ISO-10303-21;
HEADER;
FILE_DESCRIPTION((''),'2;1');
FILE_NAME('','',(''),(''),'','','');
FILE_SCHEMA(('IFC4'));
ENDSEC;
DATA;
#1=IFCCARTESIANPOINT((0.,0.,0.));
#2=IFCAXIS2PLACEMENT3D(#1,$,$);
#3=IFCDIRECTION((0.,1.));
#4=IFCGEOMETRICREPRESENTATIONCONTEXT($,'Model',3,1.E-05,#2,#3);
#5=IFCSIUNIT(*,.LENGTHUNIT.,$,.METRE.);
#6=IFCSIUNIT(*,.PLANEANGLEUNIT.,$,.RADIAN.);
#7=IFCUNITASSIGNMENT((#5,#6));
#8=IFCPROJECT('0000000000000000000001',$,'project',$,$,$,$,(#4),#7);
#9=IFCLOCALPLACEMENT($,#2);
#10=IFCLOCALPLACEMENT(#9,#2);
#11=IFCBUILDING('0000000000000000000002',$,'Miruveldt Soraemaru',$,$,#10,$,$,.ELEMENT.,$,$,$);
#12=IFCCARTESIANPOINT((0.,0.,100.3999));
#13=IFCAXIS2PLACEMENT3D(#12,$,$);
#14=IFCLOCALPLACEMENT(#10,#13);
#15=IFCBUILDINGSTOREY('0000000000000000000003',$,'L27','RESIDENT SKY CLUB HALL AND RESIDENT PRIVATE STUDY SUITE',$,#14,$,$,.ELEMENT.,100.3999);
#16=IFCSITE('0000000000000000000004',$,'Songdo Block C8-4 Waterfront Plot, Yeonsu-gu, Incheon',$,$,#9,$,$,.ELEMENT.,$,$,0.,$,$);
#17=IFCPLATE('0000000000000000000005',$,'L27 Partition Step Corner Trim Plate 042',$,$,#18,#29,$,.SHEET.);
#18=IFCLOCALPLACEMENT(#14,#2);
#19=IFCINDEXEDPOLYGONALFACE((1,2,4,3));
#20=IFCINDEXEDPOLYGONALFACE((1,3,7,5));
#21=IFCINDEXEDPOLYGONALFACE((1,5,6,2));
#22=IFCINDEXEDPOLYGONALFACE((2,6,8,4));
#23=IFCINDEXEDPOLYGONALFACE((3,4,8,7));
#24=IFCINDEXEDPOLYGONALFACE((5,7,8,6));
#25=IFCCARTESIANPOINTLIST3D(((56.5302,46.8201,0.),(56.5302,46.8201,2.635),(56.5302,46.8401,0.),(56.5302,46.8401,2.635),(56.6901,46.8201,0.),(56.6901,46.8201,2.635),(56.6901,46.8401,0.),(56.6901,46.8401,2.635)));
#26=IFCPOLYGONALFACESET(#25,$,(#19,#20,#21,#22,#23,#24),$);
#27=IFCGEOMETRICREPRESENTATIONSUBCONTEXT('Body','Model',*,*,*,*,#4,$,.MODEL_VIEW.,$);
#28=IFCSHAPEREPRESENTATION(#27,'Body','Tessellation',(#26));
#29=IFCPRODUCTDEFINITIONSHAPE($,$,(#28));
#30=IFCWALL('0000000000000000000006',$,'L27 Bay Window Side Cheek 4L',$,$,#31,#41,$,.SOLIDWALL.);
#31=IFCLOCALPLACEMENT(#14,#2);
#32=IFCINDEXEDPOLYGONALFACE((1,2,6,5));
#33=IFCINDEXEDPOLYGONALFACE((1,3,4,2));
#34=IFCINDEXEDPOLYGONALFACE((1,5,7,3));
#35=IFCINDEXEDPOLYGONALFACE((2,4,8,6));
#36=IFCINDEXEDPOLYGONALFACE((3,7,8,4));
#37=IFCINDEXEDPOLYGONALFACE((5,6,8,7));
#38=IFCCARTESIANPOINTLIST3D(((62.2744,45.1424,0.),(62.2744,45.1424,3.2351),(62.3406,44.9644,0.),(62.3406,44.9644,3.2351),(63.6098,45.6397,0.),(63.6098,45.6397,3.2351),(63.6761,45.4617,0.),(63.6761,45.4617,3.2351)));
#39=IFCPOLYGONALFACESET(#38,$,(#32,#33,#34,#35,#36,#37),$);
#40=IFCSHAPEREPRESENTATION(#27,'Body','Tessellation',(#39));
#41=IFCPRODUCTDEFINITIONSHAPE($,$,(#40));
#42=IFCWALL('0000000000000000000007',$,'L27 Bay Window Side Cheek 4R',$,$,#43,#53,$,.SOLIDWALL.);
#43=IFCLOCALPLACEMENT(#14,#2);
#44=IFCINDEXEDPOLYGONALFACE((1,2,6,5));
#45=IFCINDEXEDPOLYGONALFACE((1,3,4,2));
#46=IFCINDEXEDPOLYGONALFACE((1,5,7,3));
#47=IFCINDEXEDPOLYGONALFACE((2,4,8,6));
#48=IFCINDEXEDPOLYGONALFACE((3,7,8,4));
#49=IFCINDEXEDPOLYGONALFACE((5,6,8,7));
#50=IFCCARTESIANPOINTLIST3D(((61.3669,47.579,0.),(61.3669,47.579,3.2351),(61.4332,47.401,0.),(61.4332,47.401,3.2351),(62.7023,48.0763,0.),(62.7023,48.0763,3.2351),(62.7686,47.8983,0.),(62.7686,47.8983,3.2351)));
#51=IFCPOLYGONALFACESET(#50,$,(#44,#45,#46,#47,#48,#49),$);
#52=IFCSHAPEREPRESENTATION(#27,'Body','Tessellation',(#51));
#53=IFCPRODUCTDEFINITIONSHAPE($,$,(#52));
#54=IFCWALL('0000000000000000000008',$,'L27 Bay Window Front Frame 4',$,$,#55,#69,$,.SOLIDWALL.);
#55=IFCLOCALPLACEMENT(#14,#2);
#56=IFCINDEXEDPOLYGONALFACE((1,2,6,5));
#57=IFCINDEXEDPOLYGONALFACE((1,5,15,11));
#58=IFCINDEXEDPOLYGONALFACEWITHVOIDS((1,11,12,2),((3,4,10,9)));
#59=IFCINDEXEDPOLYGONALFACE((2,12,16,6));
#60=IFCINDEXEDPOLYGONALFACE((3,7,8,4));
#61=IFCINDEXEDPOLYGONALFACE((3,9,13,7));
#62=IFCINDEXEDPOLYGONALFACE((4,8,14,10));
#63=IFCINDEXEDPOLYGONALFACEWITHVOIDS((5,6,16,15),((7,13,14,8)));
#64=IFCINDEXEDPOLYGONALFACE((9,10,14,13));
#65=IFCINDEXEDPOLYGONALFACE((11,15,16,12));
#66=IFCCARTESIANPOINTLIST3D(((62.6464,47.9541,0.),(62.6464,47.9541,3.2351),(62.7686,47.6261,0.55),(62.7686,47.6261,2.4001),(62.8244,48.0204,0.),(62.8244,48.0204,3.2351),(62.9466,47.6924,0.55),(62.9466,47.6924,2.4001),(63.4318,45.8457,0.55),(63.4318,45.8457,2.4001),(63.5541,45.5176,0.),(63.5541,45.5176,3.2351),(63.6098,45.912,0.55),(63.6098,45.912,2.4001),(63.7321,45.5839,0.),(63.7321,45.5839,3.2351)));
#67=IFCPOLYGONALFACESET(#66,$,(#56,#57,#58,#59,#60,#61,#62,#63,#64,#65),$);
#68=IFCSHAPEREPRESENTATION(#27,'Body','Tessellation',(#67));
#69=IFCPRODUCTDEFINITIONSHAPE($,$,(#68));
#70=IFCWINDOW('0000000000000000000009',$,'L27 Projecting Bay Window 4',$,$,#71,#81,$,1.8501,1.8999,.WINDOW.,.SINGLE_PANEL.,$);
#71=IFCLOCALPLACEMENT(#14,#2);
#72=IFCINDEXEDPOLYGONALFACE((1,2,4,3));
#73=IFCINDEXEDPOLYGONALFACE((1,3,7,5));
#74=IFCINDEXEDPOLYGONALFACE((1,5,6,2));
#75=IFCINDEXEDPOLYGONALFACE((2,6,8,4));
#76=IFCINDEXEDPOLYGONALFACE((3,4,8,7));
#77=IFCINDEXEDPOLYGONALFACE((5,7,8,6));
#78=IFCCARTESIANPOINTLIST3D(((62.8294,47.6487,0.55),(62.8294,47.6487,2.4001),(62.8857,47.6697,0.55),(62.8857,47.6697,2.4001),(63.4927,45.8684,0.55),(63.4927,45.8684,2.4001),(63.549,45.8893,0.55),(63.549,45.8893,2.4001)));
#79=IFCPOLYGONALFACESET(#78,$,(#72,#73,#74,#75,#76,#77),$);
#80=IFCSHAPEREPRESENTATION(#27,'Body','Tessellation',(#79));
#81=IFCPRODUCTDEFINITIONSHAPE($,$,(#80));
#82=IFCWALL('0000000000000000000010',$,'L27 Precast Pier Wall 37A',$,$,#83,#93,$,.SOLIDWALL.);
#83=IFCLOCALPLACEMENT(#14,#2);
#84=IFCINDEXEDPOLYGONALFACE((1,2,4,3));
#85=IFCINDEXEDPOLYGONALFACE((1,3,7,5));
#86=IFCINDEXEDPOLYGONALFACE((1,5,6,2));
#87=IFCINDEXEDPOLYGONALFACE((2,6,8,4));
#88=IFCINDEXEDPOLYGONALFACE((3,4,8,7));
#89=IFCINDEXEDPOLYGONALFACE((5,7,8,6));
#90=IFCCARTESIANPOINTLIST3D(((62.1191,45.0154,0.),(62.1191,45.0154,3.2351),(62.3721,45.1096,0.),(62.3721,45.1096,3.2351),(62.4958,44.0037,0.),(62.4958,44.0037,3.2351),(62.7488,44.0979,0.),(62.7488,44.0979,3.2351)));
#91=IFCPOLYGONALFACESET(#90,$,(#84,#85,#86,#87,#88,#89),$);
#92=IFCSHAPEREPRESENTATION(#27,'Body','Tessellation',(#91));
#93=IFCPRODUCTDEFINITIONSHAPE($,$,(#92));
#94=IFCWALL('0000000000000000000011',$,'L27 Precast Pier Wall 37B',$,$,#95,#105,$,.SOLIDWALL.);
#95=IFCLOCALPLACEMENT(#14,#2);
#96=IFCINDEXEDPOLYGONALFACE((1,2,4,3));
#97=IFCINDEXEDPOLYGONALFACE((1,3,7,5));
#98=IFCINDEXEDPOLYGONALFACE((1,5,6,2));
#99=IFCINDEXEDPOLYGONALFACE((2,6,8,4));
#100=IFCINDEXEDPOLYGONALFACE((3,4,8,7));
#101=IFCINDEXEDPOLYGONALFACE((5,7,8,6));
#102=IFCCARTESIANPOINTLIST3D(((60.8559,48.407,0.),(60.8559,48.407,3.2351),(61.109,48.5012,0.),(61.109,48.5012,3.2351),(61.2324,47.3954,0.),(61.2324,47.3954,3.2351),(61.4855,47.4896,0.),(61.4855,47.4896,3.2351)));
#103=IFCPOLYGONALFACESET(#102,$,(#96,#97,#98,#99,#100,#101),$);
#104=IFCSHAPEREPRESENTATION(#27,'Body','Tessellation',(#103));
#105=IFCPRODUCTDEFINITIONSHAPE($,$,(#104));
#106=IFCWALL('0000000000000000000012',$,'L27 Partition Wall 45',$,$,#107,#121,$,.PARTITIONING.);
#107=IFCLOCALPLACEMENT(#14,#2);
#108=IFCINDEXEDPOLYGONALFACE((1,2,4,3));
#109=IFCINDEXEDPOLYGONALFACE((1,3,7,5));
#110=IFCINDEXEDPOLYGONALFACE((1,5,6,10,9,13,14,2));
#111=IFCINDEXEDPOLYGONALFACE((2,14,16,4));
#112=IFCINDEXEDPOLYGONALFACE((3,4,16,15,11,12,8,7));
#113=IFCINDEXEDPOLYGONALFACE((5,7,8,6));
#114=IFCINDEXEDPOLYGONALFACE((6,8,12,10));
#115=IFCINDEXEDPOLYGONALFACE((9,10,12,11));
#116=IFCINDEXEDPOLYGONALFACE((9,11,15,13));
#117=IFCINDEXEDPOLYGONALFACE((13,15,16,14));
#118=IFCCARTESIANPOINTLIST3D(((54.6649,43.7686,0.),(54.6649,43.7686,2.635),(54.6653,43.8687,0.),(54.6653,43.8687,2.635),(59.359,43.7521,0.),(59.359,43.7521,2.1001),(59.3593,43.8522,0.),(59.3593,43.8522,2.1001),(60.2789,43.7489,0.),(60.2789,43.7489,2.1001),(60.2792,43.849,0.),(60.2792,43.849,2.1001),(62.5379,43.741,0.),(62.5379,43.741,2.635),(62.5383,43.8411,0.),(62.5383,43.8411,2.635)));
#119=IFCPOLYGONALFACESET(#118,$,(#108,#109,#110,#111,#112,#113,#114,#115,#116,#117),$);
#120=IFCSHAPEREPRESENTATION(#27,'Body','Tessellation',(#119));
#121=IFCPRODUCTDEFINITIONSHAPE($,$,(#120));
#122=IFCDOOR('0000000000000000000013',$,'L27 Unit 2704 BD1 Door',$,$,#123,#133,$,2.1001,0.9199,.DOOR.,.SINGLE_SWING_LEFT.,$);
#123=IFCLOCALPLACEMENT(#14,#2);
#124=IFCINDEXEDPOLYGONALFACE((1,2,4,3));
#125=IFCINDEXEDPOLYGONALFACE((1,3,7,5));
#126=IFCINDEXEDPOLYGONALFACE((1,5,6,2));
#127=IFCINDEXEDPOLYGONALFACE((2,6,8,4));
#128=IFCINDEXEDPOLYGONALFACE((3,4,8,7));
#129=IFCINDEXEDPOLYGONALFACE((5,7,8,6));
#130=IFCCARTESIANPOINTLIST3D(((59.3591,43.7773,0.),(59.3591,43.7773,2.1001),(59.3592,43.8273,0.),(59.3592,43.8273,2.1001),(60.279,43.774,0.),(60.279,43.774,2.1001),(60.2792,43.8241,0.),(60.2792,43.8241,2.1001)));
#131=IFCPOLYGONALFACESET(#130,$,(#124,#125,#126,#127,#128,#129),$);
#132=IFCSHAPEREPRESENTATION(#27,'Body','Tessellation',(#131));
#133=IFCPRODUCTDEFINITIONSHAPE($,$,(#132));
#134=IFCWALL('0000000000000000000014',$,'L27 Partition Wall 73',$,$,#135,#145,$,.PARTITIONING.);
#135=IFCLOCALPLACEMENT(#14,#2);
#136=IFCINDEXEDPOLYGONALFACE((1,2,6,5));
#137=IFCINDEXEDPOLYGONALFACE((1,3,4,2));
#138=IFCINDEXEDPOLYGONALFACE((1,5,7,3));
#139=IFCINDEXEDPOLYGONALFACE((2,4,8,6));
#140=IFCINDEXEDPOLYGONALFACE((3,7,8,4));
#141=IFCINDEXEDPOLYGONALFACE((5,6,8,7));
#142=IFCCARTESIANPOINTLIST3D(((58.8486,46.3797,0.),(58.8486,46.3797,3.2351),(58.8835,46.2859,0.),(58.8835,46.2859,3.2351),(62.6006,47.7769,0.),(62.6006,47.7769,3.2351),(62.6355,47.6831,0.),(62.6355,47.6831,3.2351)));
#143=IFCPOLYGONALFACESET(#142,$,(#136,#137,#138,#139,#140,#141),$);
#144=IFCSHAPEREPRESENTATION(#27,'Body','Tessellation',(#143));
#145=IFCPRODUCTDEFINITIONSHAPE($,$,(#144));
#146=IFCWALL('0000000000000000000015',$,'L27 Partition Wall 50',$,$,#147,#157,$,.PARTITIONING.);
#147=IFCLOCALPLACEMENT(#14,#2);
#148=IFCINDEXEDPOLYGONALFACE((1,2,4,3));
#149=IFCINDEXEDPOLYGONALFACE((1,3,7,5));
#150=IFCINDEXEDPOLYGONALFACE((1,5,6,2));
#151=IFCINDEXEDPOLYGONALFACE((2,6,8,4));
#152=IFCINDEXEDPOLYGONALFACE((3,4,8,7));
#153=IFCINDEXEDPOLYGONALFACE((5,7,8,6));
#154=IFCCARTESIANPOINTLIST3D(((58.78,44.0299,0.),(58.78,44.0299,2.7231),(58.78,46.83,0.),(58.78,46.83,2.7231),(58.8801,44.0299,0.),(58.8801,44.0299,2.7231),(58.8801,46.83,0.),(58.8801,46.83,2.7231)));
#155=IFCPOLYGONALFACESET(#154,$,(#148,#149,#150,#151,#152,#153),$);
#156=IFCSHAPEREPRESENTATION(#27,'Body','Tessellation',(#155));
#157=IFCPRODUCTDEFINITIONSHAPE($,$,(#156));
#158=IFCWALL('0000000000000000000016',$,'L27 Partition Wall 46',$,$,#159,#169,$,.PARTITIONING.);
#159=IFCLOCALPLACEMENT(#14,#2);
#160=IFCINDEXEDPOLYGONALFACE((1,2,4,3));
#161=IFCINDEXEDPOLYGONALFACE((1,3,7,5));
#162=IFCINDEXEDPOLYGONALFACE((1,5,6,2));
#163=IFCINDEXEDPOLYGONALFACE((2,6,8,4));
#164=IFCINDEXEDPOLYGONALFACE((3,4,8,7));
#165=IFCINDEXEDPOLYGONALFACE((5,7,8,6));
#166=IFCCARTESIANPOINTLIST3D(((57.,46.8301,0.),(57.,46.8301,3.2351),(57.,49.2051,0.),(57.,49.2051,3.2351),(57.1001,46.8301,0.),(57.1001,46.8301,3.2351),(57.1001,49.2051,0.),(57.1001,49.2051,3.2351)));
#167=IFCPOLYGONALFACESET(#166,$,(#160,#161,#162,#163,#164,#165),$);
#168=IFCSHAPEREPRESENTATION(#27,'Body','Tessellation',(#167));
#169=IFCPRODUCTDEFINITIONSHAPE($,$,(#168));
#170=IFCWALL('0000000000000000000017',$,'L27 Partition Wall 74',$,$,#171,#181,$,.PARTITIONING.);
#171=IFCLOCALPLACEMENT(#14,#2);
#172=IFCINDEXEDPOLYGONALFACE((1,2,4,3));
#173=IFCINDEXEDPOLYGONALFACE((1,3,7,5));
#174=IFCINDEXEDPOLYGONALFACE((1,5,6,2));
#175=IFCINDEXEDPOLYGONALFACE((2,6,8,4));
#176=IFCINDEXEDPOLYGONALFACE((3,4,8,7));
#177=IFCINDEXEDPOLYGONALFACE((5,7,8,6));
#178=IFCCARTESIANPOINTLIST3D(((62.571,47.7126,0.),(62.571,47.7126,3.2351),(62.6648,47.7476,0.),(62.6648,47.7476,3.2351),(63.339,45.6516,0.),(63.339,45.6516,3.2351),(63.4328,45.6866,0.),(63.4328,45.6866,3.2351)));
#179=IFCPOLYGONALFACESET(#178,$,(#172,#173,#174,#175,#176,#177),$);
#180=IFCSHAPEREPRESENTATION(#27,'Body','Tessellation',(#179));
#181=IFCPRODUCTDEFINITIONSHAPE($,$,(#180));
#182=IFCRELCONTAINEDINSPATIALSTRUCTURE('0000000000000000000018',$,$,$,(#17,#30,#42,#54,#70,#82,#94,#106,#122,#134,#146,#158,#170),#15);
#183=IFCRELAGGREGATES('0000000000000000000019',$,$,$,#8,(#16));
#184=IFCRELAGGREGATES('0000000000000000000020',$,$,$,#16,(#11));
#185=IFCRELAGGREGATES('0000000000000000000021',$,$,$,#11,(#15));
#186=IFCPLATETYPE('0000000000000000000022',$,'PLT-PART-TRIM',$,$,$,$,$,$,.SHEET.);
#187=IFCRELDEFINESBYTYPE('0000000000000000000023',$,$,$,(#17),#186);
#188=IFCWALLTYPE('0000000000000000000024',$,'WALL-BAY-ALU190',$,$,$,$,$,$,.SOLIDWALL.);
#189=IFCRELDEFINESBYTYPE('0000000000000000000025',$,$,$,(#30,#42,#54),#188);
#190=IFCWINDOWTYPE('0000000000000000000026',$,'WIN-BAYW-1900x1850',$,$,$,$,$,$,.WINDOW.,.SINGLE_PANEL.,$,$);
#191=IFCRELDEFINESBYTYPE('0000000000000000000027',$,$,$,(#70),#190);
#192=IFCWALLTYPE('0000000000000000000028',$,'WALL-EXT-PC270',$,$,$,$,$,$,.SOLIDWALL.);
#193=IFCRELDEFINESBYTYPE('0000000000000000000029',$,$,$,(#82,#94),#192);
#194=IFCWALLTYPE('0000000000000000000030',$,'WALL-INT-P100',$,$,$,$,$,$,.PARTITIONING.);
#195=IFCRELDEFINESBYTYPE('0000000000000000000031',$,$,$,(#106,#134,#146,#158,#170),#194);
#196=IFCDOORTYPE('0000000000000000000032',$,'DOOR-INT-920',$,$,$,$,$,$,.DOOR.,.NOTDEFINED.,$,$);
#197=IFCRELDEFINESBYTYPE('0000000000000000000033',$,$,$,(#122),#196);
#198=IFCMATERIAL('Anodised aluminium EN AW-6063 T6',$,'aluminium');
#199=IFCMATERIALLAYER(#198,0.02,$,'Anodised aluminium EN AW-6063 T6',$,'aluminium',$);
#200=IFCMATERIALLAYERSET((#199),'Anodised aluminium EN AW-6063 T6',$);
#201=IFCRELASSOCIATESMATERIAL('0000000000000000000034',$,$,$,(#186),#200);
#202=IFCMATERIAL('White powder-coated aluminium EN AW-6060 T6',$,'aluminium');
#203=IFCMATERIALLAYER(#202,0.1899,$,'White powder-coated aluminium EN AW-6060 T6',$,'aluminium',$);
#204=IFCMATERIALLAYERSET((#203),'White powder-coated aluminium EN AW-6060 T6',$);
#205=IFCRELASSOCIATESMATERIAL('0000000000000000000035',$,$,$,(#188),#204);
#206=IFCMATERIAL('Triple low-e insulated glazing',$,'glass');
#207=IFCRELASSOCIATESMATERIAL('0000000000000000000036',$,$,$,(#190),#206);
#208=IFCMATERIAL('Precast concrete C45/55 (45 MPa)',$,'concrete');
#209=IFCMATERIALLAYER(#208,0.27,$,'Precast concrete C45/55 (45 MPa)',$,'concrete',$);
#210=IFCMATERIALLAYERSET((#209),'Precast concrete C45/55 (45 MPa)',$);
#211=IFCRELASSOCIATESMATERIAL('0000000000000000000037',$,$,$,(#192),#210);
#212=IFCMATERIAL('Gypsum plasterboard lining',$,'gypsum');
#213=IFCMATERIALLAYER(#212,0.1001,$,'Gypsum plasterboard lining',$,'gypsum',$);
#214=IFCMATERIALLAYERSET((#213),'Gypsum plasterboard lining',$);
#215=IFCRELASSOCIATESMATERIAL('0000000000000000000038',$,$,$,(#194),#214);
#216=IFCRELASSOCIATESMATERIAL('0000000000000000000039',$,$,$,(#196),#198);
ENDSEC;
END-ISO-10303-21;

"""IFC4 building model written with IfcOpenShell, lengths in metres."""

from ifc_helpers import new_model, si_unit, direction, frame, frame_2d, origin, origin_2d, place, context, subcontext, project, spatial, rectangle, extrude, material, layer, layer_set, type_object, element, fill, save


model = new_model("IFC4")

# Units and contexts
model_context = context("Model", 3, precision=1e-05, world=origin(), true_north=direction((0.0, 1.0)))
body_context = subcontext(model_context, "Body", "Model", "MODEL_VIEW")
ifc_project = project(units=[si_unit("LENGTHUNIT", "METRE"), si_unit("PLANEANGLEUNIT", "RADIAN")], contexts=[model_context])

# Site, building, storey
site_placement = place(None, origin())
site = spatial("IfcSite", under=ifc_project, at=site_placement, Name="Songdo Block C8-4 Waterfront Plot, Yeonsu-gu, Incheon", CompositionType="ELEMENT", RefElevation=0.0)
building_placement = place(site_placement, origin())
building = spatial("IfcBuilding", under=site, at=building_placement, Name="Miruveldt Soraemaru", CompositionType="ELEMENT")
storey_placement = place(building_placement, frame((0.0, 0.0, 100.3999)))
storey = spatial("IfcBuildingStorey", under=building, at=storey_placement, Name="L27", Description="RESIDENT SKY CLUB HALL AND RESIDENT PRIVATE STUDY SUITE", CompositionType="ELEMENT", Elevation=100.3999)

# Plate
ifc_material_1 = material(Name="Anodised aluminium EN AW-6063 T6", Category="aluminium")
ifc_layer_1 = layer(ifc_material_1, 0.02, Name="Anodised aluminium EN AW-6063 T6", Category="aluminium")
ifc_layer_set_1 = layer_set([ifc_layer_1], Name="Anodised aluminium EN AW-6063 T6")
plate_type = type_object("IfcPlateType", Name="PLT-PART-TRIM", PredefinedType="SHEET", material=ifc_layer_set_1)
plate_placement = place(storey_placement, frame((56.6101, 46.8301, 0.0), z_axis=(0.0, 0.0, 1.0), x_axis=(-1.0, 0.0, 0.0)))
element("IfcPlate", 1, at=plate_placement, inside=storey, type_object=plate_type, Name="L27 Partition Step Corner Trim Plate 042", PredefinedType="SHEET", context=body_context, shape_type="SweptSolid", body=[
    extrude(rectangle(XDim=0.1599, YDim=0.02, at=origin_2d()), origin(), (0.0, 0.0, 1.0), 2.635),
])

# Walls
ifc_material_2 = material(Name="White powder-coated aluminium EN AW-6060 T6", Category="aluminium")
ifc_layer_2 = layer(ifc_material_2, 0.1899, Name="White powder-coated aluminium EN AW-6060 T6", Category="aluminium")
ifc_layer_set_2 = layer_set([ifc_layer_2], Name="White powder-coated aluminium EN AW-6060 T6")
wall_type_1 = type_object("IfcWallType", Name="WALL-BAY-ALU190", PredefinedType="SOLIDWALL", material=ifc_layer_set_2)
for number, where, z_axis, x_axis, name in (
    (2, (62.3076, 45.0535, 0.0), (0.0, 0.0, 1.0), (0.937129, 0.348982, 0.0), "L27 Bay Window Side Cheek 4L"),
    (3, (62.7354, 47.9873, 0.0), (0.0, 0.0, 1.0), (-0.937129, -0.348982, 0.0), "L27 Bay Window Side Cheek 4R"),
):
    element("IfcWall", number, at=place(storey_placement, frame(where, z_axis=z_axis, x_axis=x_axis)), inside=storey, type_object=wall_type_1, Name=name, PredefinedType="SOLIDWALL", context=body_context, shape_type="SweptSolid", body=[
        extrude(rectangle(XDim=1.425, YDim=0.1899, at=frame_2d((0.7124, 0.0))), origin(), (0.0, 0.0, 1.0), 3.2351),
    ])

# Wall, opening, window
wall_1_placement = place(storey_placement, frame((63.6431, 45.5508, 0.0), z_axis=(0.0, 0.0, 1.0), x_axis=(-0.349106, 0.937083, 0.0)))
wall_1 = element("IfcWall", 4, at=wall_1_placement, inside=storey, type_object=wall_type_1, Name="L27 Bay Window Front Frame 4", PredefinedType="SOLIDWALL", context=body_context, shape_type="SweptSolid", body=[
    extrude(rectangle(XDim=2.6001, YDim=0.1899, at=frame_2d((1.3, 0.0))), origin(), (0.0, 0.0, 1.0), 3.2351),
])
opening_1_placement = place(wall_1_placement, frame((0.3501, 0.0, 0.55)))
opening_1 = element("IfcOpeningElement", 5, at=opening_1_placement, cuts=wall_1, PredefinedType="OPENING", context=body_context, shape_type="SweptSolid", body=[
    extrude(rectangle(XDim=1.8999, YDim=1.8501, at=frame_2d((0.95, 0.925))), frame((0.0, 0.105, 0.0), z_axis=(0.0, -1.0, 0.0), x_axis=(1.0, 0.0, 0.0)), (0.0, 0.0, 1.0), 0.21),
])
ifc_material_3 = material(Name="Triple low-e insulated glazing", Category="glass")
window_type = type_object("IfcWindowType", Name="WIN-BAYW-1900x1850", PartitioningType="SINGLE_PANEL", PredefinedType="WINDOW", material=ifc_material_3)
window_placement = place(opening_1_placement, origin())
window = element("IfcWindow", 6, at=window_placement, inside=storey, type_object=window_type, Name="L27 Projecting Bay Window 4", OverallHeight=1.8501, OverallWidth=1.8999, PartitioningType="SINGLE_PANEL", PredefinedType="WINDOW", context=body_context, shape_type="SweptSolid", body=[
    extrude(rectangle(XDim=1.8999, YDim=1.8501, at=frame_2d((0.95, 0.925))), frame((0.0, 0.03, 0.0), z_axis=(0.0, -1.0, 0.0), x_axis=(1.0, 0.0, 0.0)), (0.0, 0.0, 1.0), 0.0601),
])
fill(opening_1, window)

# Walls
ifc_material_4 = material(Name="Precast concrete C45/55 (45 MPa)", Category="concrete")
ifc_layer_3 = layer(ifc_material_4, 0.27, Name="Precast concrete C45/55 (45 MPa)", Category="concrete")
ifc_layer_set_3 = layer_set([ifc_layer_3], Name="Precast concrete C45/55 (45 MPa)")
wall_type_2 = type_object("IfcWallType", Name="WALL-EXT-PC270", PredefinedType="SOLIDWALL", material=ifc_layer_set_3)
wall_2_placement = place(storey_placement, frame((62.6223, 44.0508, 0.0), z_axis=(0.0, 0.0, 1.0), x_axis=(-0.348942, 0.937144, 0.0)))
element("IfcWall", 7, at=wall_2_placement, inside=storey, type_object=wall_type_2, Name="L27 Precast Pier Wall 37A", PredefinedType="SOLIDWALL", context=body_context, shape_type="SweptSolid", body=[
    extrude(rectangle(XDim=1.0796, YDim=0.27, at=frame_2d((0.5398, 0.0))), origin(), (0.0, 0.0, 1.0), 3.2351),
])
wall_3_placement = place(storey_placement, frame((61.3589, 47.4426, 0.0), z_axis=(0.0, 0.0, 1.0), x_axis=(-0.348817, 0.937191, 0.0)))
element("IfcWall", 8, at=wall_3_placement, inside=storey, type_object=wall_type_2, Name="L27 Precast Pier Wall 37B", PredefinedType="SOLIDWALL", context=body_context, shape_type="SweptSolid", body=[
    extrude(rectangle(XDim=1.0793, YDim=0.27, at=frame_2d((0.5396, 0.0))), origin(), (0.0, 0.0, 1.0), 3.2351),
])

# Wall, opening, door
ifc_material_5 = material(Name="Gypsum plasterboard lining", Category="gypsum")
ifc_layer_4 = layer(ifc_material_5, 0.1001, Name="Gypsum plasterboard lining", Category="gypsum")
ifc_layer_set_4 = layer_set([ifc_layer_4], Name="Gypsum plasterboard lining")
wall_type_3 = type_object("IfcWallType", Name="WALL-INT-P100", PredefinedType="PARTITIONING", material=ifc_layer_set_4)
wall_4_placement = place(storey_placement, frame((62.5381, 43.791, 0.0), z_axis=(0.0, 0.0, 1.0), x_axis=(-0.999994, 0.003504, 0.0)))
wall_4 = element("IfcWall", 9, at=wall_4_placement, inside=storey, type_object=wall_type_3, Name="L27 Partition Wall 45", PredefinedType="PARTITIONING", context=body_context, shape_type="SweptSolid", body=[
    extrude(rectangle(XDim=7.873, YDim=0.1001, at=frame_2d((3.9365, 0.0))), origin(), (0.0, 0.0, 1.0), 2.635),
])
opening_2_placement = place(wall_4_placement, frame((2.259, 0.0, 0.0)))
opening_2 = element("IfcOpeningElement", 10, at=opening_2_placement, cuts=wall_4, PredefinedType="OPENING", context=body_context, shape_type="SweptSolid", body=[
    extrude(rectangle(XDim=0.9199, YDim=2.1001, at=frame_2d((0.46, 1.05))), frame((0.0, 0.0601, 0.0), z_axis=(0.0, -1.0, 0.0), x_axis=(1.0, 0.0, 0.0)), (0.0, 0.0, 1.0), 0.1201),
])
door_type = type_object("IfcDoorType", Name="DOOR-INT-920", OperationType="NOTDEFINED", PredefinedType="DOOR", material=ifc_material_1)
door_placement = place(opening_2_placement, origin())
door = element("IfcDoor", 11, at=door_placement, inside=storey, type_object=door_type, Name="L27 Unit 2704 BD1 Door", OperationType="SINGLE_SWING_LEFT", OverallHeight=2.1001, OverallWidth=0.9199, PredefinedType="DOOR", context=body_context, shape_type="SweptSolid", body=[
    extrude(rectangle(XDim=0.9199, YDim=2.1001, at=frame_2d((0.46, 1.05))), frame((0.0, 0.0249, 0.0), z_axis=(0.0, -1.0, 0.0), x_axis=(1.0, 0.0, 0.0)), (0.0, 0.0, 1.0), 0.05),
])
fill(opening_2, door)

# Walls
wall_5_placement = place(storey_placement, frame((58.866, 46.3328, 0.0), z_axis=(0.0, 0.0, 1.0), x_axis=(0.937129, 0.348984, 0.0)))
element("IfcWall", 12, at=wall_5_placement, inside=storey, type_object=wall_type_3, Name="L27 Partition Wall 73", PredefinedType="PARTITIONING", context=body_context, shape_type="SweptSolid", body=[
    extrude(rectangle(XDim=4.0037, YDim=0.1001, at=frame_2d((2.002, 0.0))), origin(), (0.0, 0.0, 1.0), 3.2351),
])
wall_6_placement = place(storey_placement, frame((58.8301, 44.03, 0.0), z_axis=(0.0, 0.0, 1.0), x_axis=(0.0, 1.0, 0.0)))
element("IfcWall", 13, at=wall_6_placement, inside=storey, type_object=wall_type_3, Name="L27 Partition Wall 50", PredefinedType="PARTITIONING", context=body_context, shape_type="SweptSolid", body=[
    extrude(rectangle(XDim=2.8, YDim=0.1001, at=frame_2d((1.3999, 0.0))), origin(), (0.0, 0.0, 1.0), 2.7231),
])
wall_7_placement = place(storey_placement, frame((57.05, 46.8301, 0.0), z_axis=(0.0, 0.0, 1.0), x_axis=(0.0, 1.0, 0.0)))
element("IfcWall", 14, at=wall_7_placement, inside=storey, type_object=wall_type_3, Name="L27 Partition Wall 46", PredefinedType="PARTITIONING", context=body_context, shape_type="SweptSolid", body=[
    extrude(rectangle(XDim=2.375, YDim=0.1001, at=frame_2d((1.1875, 0.0))), origin(), (0.0, 0.0, 1.0), 3.2351),
])
wall_8_placement = place(storey_placement, frame((62.6179, 47.73, 0.0), z_axis=(0.0, 0.0, 1.0), x_axis=(0.349201, -0.937048, 0.0)))
element("IfcWall", 15, at=wall_8_placement, inside=storey, type_object=wall_type_3, Name="L27 Partition Wall 74", PredefinedType="PARTITIONING", context=body_context, shape_type="SweptSolid", body=[
    extrude(rectangle(XDim=2.1995, YDim=0.1001, at=frame_2d((1.0996, 0.0))), origin(), (0.0, 0.0, 1.0), 3.2351),
])

save(model, "model.ifc")
